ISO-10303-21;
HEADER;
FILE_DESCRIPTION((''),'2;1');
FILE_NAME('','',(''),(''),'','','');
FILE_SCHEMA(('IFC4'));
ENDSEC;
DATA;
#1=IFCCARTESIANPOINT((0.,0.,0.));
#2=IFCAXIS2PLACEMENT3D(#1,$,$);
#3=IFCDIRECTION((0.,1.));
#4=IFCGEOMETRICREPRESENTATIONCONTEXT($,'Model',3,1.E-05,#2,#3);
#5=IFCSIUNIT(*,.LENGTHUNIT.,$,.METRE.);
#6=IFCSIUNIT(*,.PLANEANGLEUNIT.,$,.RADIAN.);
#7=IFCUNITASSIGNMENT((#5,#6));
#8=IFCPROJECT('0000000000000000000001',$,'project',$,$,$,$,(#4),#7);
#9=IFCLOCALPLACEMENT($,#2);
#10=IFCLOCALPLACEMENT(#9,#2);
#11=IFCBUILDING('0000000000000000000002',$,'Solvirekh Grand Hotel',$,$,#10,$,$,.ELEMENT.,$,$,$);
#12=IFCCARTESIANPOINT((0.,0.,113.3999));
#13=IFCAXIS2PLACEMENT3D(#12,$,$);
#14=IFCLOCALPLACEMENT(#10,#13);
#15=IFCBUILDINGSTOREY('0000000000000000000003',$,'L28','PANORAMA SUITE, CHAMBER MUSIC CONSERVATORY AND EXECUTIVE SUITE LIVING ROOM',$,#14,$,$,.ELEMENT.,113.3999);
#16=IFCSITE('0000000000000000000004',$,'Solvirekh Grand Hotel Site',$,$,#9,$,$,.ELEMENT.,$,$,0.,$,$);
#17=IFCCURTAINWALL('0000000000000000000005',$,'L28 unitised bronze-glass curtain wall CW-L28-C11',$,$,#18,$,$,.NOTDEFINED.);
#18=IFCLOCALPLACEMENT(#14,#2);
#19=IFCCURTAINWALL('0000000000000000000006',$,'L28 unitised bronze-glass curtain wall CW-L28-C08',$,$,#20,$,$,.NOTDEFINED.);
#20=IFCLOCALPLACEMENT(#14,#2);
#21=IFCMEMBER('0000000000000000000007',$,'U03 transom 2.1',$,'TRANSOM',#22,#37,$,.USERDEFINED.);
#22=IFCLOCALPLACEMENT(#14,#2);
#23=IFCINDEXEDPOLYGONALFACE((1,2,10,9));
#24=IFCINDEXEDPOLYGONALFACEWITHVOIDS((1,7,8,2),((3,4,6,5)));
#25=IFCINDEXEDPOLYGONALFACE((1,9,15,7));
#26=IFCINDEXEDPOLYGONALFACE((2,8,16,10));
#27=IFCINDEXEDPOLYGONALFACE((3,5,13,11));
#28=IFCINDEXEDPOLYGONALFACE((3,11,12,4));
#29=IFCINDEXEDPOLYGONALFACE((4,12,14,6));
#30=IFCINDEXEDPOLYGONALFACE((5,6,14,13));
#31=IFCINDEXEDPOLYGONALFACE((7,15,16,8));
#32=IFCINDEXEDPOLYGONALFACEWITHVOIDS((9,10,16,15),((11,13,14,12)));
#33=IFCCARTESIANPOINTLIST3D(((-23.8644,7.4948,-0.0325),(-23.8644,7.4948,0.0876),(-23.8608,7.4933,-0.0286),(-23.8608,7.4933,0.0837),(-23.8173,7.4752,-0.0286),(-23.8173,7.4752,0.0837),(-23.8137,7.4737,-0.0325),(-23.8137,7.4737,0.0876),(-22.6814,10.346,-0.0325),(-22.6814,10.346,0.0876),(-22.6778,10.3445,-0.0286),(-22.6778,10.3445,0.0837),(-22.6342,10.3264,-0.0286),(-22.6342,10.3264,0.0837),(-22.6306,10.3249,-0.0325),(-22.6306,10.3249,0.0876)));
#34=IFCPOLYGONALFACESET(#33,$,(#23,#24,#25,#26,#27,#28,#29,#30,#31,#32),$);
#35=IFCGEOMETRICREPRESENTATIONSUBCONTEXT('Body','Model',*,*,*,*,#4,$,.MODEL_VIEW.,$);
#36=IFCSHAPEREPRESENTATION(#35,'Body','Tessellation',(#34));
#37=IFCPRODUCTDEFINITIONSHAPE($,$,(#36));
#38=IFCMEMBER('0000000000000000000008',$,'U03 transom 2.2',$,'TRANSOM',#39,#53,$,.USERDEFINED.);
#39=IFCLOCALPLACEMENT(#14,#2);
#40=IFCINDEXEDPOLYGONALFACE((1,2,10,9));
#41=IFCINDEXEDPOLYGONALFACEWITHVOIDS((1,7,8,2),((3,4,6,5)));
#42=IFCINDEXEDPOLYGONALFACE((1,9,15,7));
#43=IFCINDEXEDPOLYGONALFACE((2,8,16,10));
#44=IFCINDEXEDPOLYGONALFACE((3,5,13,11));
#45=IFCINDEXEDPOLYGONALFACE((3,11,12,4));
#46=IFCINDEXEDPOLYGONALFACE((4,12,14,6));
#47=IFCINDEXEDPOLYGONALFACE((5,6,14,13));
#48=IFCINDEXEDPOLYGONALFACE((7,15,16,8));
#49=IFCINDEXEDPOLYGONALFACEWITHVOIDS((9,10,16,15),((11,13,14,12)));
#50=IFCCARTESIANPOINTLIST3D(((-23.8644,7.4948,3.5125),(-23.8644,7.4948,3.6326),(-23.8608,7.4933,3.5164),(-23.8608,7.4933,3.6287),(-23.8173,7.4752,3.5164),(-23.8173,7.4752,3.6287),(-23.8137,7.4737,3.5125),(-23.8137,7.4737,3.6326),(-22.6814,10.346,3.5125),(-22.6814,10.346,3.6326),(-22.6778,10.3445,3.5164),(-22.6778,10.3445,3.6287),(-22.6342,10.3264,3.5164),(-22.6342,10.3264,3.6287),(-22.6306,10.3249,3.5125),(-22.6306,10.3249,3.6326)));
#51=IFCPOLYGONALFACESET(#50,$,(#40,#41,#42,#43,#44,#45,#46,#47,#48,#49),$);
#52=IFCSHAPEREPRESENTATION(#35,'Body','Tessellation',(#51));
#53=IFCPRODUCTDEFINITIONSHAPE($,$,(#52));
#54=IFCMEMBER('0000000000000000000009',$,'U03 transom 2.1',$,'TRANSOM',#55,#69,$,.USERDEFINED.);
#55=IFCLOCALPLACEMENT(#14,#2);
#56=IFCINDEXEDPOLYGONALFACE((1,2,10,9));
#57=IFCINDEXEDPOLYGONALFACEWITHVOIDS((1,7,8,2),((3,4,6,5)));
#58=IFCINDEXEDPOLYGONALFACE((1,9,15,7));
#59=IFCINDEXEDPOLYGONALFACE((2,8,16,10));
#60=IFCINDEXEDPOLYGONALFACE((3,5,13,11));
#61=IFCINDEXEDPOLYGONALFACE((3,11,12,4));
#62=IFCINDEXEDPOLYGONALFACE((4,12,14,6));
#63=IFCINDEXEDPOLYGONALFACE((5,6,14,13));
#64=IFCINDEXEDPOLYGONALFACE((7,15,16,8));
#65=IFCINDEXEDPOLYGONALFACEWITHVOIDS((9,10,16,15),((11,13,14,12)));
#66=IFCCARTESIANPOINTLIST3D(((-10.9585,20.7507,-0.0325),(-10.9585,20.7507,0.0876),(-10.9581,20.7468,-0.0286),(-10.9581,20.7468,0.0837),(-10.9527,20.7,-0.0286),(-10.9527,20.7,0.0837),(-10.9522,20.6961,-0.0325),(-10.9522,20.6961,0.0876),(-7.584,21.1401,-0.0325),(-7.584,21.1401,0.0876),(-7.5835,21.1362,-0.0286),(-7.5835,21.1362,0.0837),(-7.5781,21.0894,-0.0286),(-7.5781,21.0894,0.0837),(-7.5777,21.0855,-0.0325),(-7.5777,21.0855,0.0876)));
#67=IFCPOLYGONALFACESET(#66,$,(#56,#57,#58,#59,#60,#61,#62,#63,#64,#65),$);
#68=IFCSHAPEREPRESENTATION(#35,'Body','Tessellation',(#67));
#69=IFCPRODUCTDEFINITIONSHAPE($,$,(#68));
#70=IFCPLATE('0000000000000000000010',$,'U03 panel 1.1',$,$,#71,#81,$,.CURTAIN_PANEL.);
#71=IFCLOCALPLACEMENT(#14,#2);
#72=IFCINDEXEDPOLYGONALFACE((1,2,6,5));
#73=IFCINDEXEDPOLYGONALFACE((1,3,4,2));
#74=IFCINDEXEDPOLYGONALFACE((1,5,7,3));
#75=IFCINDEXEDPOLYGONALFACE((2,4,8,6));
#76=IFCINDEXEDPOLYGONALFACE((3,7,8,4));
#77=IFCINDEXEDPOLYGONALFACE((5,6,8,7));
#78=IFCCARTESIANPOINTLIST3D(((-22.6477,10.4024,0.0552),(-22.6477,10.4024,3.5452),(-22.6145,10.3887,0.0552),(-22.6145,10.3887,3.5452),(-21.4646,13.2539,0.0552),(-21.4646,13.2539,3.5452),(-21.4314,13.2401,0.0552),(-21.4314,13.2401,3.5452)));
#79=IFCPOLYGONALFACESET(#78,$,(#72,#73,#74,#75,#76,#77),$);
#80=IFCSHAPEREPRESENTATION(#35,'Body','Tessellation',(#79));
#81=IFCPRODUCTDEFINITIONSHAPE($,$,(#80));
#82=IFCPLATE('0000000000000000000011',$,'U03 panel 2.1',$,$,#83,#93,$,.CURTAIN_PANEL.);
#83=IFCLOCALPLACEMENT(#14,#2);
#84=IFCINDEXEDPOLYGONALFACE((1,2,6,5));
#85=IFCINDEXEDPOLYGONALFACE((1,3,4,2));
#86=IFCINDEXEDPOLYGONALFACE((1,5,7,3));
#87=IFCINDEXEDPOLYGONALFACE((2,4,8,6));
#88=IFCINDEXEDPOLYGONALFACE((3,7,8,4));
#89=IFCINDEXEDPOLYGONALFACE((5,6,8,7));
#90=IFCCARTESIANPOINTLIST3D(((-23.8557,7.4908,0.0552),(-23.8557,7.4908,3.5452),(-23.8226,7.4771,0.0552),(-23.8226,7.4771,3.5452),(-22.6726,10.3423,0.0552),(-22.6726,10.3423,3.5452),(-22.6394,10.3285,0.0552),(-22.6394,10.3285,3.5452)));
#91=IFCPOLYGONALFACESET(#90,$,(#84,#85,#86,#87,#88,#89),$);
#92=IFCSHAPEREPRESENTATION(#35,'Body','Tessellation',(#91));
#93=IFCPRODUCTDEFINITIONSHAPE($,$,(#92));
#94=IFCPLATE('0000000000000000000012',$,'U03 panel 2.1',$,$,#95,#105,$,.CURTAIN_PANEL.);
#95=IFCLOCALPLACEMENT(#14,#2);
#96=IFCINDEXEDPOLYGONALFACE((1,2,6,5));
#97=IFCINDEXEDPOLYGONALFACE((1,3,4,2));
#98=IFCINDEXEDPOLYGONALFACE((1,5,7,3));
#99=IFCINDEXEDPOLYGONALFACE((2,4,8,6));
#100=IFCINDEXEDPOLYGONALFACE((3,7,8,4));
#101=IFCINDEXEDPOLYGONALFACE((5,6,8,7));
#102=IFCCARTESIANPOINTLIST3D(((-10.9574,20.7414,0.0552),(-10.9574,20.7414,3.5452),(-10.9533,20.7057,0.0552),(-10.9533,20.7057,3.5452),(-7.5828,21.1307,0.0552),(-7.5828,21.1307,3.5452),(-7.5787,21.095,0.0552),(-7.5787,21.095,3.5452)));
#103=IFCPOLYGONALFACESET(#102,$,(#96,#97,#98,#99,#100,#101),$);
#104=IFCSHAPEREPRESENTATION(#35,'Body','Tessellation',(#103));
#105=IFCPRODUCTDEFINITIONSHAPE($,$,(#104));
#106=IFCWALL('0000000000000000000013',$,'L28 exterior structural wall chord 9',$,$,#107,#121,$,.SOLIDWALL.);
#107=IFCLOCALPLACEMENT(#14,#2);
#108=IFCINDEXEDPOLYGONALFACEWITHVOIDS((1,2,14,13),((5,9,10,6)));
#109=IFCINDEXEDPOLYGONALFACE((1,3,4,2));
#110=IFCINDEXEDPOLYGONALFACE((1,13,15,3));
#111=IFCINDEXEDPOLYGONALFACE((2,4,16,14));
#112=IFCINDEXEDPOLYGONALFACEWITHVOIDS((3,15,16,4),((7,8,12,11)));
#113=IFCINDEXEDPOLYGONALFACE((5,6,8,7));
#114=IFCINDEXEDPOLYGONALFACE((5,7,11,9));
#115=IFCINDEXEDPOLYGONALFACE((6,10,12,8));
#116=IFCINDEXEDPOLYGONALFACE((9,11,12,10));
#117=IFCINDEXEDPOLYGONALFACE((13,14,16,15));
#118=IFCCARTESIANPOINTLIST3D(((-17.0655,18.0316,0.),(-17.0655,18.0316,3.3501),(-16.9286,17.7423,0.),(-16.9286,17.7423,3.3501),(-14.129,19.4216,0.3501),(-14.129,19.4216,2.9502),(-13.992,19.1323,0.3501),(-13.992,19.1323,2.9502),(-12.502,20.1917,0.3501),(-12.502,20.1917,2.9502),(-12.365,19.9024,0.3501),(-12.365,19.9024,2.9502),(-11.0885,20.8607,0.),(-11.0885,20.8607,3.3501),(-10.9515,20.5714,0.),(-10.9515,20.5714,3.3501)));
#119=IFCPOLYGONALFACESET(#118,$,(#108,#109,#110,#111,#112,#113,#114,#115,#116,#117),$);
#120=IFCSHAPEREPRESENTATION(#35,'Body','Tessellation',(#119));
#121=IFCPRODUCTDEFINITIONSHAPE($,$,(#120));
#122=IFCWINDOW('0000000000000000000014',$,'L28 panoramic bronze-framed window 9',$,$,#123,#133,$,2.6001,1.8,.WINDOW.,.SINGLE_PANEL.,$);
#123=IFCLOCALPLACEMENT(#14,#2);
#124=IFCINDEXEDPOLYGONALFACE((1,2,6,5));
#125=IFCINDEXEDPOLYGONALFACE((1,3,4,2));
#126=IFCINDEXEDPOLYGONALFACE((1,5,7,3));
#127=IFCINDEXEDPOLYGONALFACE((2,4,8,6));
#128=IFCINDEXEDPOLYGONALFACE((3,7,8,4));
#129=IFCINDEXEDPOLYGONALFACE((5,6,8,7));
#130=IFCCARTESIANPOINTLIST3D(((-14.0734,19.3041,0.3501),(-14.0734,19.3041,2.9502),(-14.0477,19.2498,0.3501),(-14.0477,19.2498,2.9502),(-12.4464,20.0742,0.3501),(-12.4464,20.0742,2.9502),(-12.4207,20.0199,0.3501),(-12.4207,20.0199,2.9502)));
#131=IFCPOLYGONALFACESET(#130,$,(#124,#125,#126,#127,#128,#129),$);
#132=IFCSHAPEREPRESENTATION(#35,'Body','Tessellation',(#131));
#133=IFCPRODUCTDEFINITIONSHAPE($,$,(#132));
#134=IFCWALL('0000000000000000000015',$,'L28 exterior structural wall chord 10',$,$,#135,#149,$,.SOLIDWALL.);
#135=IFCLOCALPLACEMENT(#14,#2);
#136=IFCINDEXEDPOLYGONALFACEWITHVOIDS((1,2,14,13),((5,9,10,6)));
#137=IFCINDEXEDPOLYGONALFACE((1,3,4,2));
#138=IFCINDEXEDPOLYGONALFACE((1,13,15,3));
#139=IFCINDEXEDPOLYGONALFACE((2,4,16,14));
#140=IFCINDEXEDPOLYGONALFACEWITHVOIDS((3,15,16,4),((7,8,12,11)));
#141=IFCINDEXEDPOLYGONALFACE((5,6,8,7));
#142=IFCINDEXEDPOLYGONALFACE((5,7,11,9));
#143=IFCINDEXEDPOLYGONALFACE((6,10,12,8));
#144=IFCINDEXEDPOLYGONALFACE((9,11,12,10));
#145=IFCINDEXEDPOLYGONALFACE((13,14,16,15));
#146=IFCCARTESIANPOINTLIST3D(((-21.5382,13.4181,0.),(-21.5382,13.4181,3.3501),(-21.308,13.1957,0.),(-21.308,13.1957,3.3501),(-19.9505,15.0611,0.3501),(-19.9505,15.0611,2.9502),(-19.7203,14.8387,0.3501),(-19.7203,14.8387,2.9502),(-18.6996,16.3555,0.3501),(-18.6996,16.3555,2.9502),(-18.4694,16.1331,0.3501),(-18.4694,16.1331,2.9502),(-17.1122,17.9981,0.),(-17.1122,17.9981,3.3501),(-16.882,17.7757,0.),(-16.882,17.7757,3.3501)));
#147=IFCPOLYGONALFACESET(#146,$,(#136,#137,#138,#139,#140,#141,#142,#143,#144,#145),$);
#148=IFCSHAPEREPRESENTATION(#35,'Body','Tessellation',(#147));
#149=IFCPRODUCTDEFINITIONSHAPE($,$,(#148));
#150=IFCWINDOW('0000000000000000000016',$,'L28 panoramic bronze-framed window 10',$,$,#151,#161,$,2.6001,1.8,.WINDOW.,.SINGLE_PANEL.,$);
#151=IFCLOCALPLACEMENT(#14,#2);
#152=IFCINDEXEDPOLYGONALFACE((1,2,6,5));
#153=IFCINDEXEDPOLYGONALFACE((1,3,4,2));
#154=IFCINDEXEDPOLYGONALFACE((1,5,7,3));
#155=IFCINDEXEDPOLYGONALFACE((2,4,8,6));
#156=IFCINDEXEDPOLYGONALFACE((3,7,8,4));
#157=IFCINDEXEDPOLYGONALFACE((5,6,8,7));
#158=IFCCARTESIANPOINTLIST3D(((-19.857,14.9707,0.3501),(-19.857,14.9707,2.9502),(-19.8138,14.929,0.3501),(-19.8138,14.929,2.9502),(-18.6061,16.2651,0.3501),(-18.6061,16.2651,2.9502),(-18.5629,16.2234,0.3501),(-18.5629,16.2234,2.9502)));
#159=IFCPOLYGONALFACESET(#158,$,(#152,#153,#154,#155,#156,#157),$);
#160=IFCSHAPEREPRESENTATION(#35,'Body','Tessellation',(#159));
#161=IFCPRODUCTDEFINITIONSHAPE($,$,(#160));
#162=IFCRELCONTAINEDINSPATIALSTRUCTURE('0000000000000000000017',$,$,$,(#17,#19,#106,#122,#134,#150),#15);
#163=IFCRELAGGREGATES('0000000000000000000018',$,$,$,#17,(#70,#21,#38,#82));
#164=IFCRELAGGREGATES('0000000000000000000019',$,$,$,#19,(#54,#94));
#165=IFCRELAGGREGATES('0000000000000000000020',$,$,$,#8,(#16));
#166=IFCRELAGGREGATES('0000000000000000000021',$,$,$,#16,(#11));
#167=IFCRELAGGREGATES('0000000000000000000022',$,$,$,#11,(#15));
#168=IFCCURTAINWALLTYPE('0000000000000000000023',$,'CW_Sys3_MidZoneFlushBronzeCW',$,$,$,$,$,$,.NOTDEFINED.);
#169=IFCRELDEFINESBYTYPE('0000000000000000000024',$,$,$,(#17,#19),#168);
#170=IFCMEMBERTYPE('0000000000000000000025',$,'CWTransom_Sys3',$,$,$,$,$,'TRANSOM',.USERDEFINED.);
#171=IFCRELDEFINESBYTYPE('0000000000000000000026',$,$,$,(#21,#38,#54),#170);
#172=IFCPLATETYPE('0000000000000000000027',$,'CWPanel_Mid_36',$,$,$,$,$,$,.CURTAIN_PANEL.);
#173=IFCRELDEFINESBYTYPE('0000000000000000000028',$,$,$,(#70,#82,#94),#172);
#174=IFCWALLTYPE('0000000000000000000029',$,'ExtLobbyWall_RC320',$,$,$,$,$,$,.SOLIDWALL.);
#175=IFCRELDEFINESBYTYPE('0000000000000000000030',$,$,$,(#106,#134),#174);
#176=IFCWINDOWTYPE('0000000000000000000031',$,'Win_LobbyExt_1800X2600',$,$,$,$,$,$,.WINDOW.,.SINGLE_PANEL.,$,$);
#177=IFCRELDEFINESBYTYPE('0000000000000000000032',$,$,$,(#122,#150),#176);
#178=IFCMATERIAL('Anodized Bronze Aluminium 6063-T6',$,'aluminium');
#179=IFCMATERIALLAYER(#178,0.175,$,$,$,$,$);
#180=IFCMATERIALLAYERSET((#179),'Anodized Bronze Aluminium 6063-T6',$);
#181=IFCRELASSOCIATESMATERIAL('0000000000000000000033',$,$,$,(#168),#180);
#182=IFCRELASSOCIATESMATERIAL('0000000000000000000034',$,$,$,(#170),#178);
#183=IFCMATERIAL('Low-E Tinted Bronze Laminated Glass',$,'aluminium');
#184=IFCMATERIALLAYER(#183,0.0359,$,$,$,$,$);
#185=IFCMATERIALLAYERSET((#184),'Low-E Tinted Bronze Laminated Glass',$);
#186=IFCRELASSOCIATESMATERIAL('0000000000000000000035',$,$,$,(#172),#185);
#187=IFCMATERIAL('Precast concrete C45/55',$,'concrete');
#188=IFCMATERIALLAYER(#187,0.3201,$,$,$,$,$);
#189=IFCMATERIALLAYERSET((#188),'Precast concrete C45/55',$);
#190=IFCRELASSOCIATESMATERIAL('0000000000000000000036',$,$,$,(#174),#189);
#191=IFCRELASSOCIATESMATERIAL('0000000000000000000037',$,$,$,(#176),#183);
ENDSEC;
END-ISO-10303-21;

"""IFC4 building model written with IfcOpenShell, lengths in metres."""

from ifc_helpers import new_model, si_unit, direction, frame, frame_2d, origin, origin_2d, place, context, subcontext, project, spatial, rectangle, hollow_rectangle, extrude, source, transform, mapped, material, layer, layer_set, material_profile, profile_set, type_object, element, fill, aggregate, save


model = new_model("IFC4")

# Units and contexts
model_context = context("Model", 3, precision=1e-05, world=origin(), true_north=direction((0.0, 1.0)))
body_context = subcontext(model_context, "Body", "Model", "MODEL_VIEW")
ifc_project = project(units=[si_unit("LENGTHUNIT", "METRE"), si_unit("PLANEANGLEUNIT", "RADIAN")], contexts=[model_context])

# Site, building, storey
site_placement = place(None, origin())
site = spatial("IfcSite", under=ifc_project, at=site_placement, Name="Solvirekh Grand Hotel Site", CompositionType="ELEMENT", RefElevation=0.0)
building_placement = place(site_placement, origin())
building = spatial("IfcBuilding", under=site, at=building_placement, Name="Solvirekh Grand Hotel", CompositionType="ELEMENT")
storey_placement = place(building_placement, frame((0.0, 0.0, 113.3999)))
storey = spatial("IfcBuildingStorey", under=building, at=storey_placement, Name="L28", Description="PANORAMA SUITE, CHAMBER MUSIC CONSERVATORY AND EXECUTIVE SUITE LIVING ROOM", CompositionType="ELEMENT", Elevation=113.3999)

# Curtain wall
ifc_material_1 = material(Name="Anodized Bronze Aluminium 6063-T6", Category="aluminium")
ifc_layer_1 = layer(ifc_material_1, 0.175)
ifc_layer_set_1 = layer_set([ifc_layer_1], Name="Anodized Bronze Aluminium 6063-T6")
curtain_wall_type = type_object("IfcCurtainWallType", Name="CW_Sys3_MidZoneFlushBronzeCW", PredefinedType="NOTDEFINED", material=ifc_layer_set_1)
curtain_wall_1_placement = place(storey_placement, origin())
curtain_wall_1 = element("IfcCurtainWall", 1, at=curtain_wall_1_placement, inside=storey, type_object=curtain_wall_type, Name="L28 unitised bronze-glass curtain wall CW-L28-C11", PredefinedType="NOTDEFINED")
ifc_material_profile_1 = material_profile(ifc_material_1, hollow_rectangle(XDim=0.0549, YDim=0.1201, WallThickness=0.0039, at=origin_2d()), Name="ALU RHS 120X55X4")
ifc_profile_set_1 = profile_set([ifc_material_profile_1], Name="Anodized Bronze Aluminium 6063-T6")
member_type_1 = type_object("IfcMemberType", Name="CWTransom_Sys3", ElementType="TRANSOM", PredefinedType="USERDEFINED", material=ifc_profile_set_1)

# Curtain wall
curtain_wall_2_placement = place(storey_placement, origin())
curtain_wall_2 = element("IfcCurtainWall", 2, at=curtain_wall_2_placement, inside=storey, type_object=curtain_wall_type, Name="L28 unitised bronze-glass curtain wall CW-L28-C08", PredefinedType="NOTDEFINED")

# Members
shared_shape_1 = source(origin(), body_context, "Body", "SweptSolid", [
    extrude(hollow_rectangle(XDim=0.0549, YDim=0.1201, WallThickness=0.0039, at=origin_2d()), origin(), (0.0, 0.0, 1.0), 3.0869),
])
member_1_placement = place(storey_placement, frame((-22.656, 10.3354, 0.0276), z_axis=(-0.38325, -0.923644, 0.0), x_axis=(0.923644, -0.38325, 0.0)))
member_1 = element("IfcMember", 3, at=member_1_placement, type_object=member_type_1, Name="U03 transom 2.1", ObjectType="TRANSOM", PredefinedType="USERDEFINED", context=body_context, shape_type="MappedRepresentation", body=[
    mapped(shared_shape_1, transform((0.0, 0.0, 0.0), x_axis=(1.0, 0.0, 0.0), y_axis=(0.0, 1.0, 0.0), z_axis=(0.0, 0.0, 1.0), scale=1.0)),
])
member_2_placement = place(storey_placement, frame((-22.656, 10.3354, 3.5725), z_axis=(-0.38325, -0.923644, 0.0), x_axis=(0.923644, -0.38325, 0.0)))
member_2 = element("IfcMember", 4, at=member_2_placement, type_object=member_type_1, Name="U03 transom 2.2", ObjectType="TRANSOM", PredefinedType="USERDEFINED", context=body_context, shape_type="MappedRepresentation", body=[
    mapped(shared_shape_1, transform((0.0, 0.0, 0.0), x_axis=(1.0, 0.0, 0.0), y_axis=(0.0, 1.0, 0.0), z_axis=(0.0, 0.0, 1.0), scale=1.0)),
])
shared_shape_2 = source(origin(), body_context, "Body", "SweptSolid", [
    extrude(hollow_rectangle(XDim=0.0549, YDim=0.1201, WallThickness=0.0039, at=origin_2d()), origin(), (0.0, 0.0, 1.0), 3.397),
])
member_3_placement = place(storey_placement, frame((-7.5808, 21.1128, 0.0276), z_axis=(-0.993408, -0.114635, 0.0), x_axis=(0.114635, -0.993408, 0.0)))
member_3 = element("IfcMember", 5, at=member_3_placement, type_object=member_type_1, Name="U03 transom 2.1", ObjectType="TRANSOM", PredefinedType="USERDEFINED", context=body_context, shape_type="MappedRepresentation", body=[
    mapped(shared_shape_2, transform((0.0, 0.0, 0.0), x_axis=(1.0, 0.0, 0.0), y_axis=(0.0, 1.0, 0.0), z_axis=(0.0, 0.0, 1.0), scale=1.0)),
])

# Plates
ifc_material_2 = material(Name="Low-E Tinted Bronze Laminated Glass", Category="aluminium")
ifc_layer_2 = layer(ifc_material_2, 0.0359)
ifc_layer_set_2 = layer_set([ifc_layer_2], Name="Low-E Tinted Bronze Laminated Glass")
plate_type = type_object("IfcPlateType", Name="CWPanel_Mid_36", PredefinedType="CURTAIN_PANEL", material=ifc_layer_set_2)
shared_shape_3 = source(origin(), body_context, "Body", "SweptSolid", [
    extrude(rectangle(XDim=3.0872, YDim=0.0359, at=origin_2d()), origin(), (0.0, 0.0, 1.0), 3.49),
])
plate_1_placement = place(storey_placement, frame((-22.0396, 11.8213, 0.0552), z_axis=(0.0, 0.0, 1.0), x_axis=(-0.383244, -0.923647, 0.0)))
plate_1 = element("IfcPlate", 6, at=plate_1_placement, type_object=plate_type, Name="U03 panel 1.1", PredefinedType="CURTAIN_PANEL", context=body_context, shape_type="MappedRepresentation", body=[
    mapped(shared_shape_3, transform((0.0, 0.0, 0.0), x_axis=(1.0, 0.0, 0.0), y_axis=(0.0, 1.0, 0.0), z_axis=(0.0, 0.0, 1.0), scale=1.0)),
])
plate_2_placement = place(storey_placement, frame((-23.2476, 8.9097, 0.0552), z_axis=(0.0, 0.0, 1.0), x_axis=(-0.383244, -0.923647, 0.0)))
plate_2 = element("IfcPlate", 7, at=plate_2_placement, type_object=plate_type, Name="U03 panel 2.1", PredefinedType="CURTAIN_PANEL", context=body_context, shape_type="MappedRepresentation", body=[
    mapped(shared_shape_3, transform((0.0, 0.0, 0.0), x_axis=(1.0, 0.0, 0.0), y_axis=(0.0, 1.0, 0.0), z_axis=(0.0, 0.0, 1.0), scale=1.0)),
])
aggregate(curtain_wall_1, [plate_1, member_1, member_2, plate_2])
shared_shape_4 = source(origin(), body_context, "Body", "SweptSolid", [
    extrude(rectangle(XDim=3.397, YDim=0.0359, at=origin_2d()), origin(), (0.0, 0.0, 1.0), 3.49),
])
plate_3_placement = place(storey_placement, frame((-9.2681, 20.9182, 0.0552), z_axis=(0.0, 0.0, 1.0), x_axis=(-0.993411, -0.114608, 0.0)))
plate_3 = element("IfcPlate", 8, at=plate_3_placement, type_object=plate_type, Name="U03 panel 2.1", PredefinedType="CURTAIN_PANEL", context=body_context, shape_type="MappedRepresentation", body=[
    mapped(shared_shape_4, transform((0.0, 0.0, 0.0), x_axis=(1.0, 0.0, 0.0), y_axis=(0.0, 1.0, 0.0), z_axis=(0.0, 0.0, 1.0), scale=1.0)),
])
aggregate(curtain_wall_2, [member_3, plate_3])

# Walls, openings, windows
ifc_material_3 = material(Name="Precast concrete C45/55", Category="concrete")
ifc_layer_3 = layer(ifc_material_3, 0.3201)
ifc_layer_set_3 = layer_set([ifc_layer_3], Name="Precast concrete C45/55")
wall_type_1 = type_object("IfcWallType", Name="ExtLobbyWall_RC320", PredefinedType="SOLIDWALL", material=ifc_layer_set_3)
wall_1_placement = place(storey_placement, frame((-16.9971, 17.887, 0.0), z_axis=(0.0, 0.0, 1.0), x_axis=(0.903863, 0.427823, 0.0)))
wall_1 = element("IfcWall", 9, at=wall_1_placement, inside=storey, type_object=wall_type_1, Name="L28 exterior structural wall chord 9", PredefinedType="SOLIDWALL", context=body_context, shape_type="SweptSolid", body=[
    extrude(rectangle(XDim=6.6128, YDim=0.3201, at=frame_2d((3.3064, 0.0))), origin(), (0.0, 0.0, 1.0), 3.3501),
])
opening_1_placement = place(wall_1_placement, frame((3.249, 0.0, 0.3501)))
opening_1 = element("IfcOpeningElement", 10, at=opening_1_placement, cuts=wall_1, PredefinedType="OPENING", context=body_context, shape_type="SweptSolid", body=[
    extrude(rectangle(XDim=1.8, YDim=2.6001, at=frame_2d((0.8999, 1.3))), frame((0.0, 0.1699, 0.0), z_axis=(0.0, -1.0, 0.0), x_axis=(1.0, 0.0, 0.0)), (0.0, 0.0, 1.0), 0.3401),
])
window_type = type_object("IfcWindowType", Name="Win_LobbyExt_1800X2600", PartitioningType="SINGLE_PANEL", PredefinedType="WINDOW", material=ifc_material_2)
window_1_placement = place(opening_1_placement, origin())
window_1 = element("IfcWindow", 11, at=window_1_placement, inside=storey, type_object=window_type, Name="L28 panoramic bronze-framed window 9", OverallHeight=2.6001, OverallWidth=1.8, PartitioningType="SINGLE_PANEL", PredefinedType="WINDOW", context=body_context, shape_type="SweptSolid", body=[
    extrude(rectangle(XDim=1.8, YDim=2.6001, at=frame_2d((0.8999, 1.3))), frame((0.0, 0.03, 0.0), z_axis=(0.0, -1.0, 0.0), x_axis=(1.0, 0.0, 0.0)), (0.0, 0.0, 1.0), 0.0601),
])
fill(opening_1, window_1)
wall_2_placement = place(storey_placement, frame((-21.4231, 13.3069, 0.0), z_axis=(0.0, 0.0, 1.0), x_axis=(0.69491, 0.719097, 0.0)))
wall_2 = element("IfcWall", 12, at=wall_2_placement, inside=storey, type_object=wall_type_1, Name="L28 exterior structural wall chord 10", PredefinedType="SOLIDWALL", context=body_context, shape_type="SweptSolid", body=[
    extrude(rectangle(XDim=6.3691, YDim=0.3201, at=frame_2d((3.1846, 0.0))), origin(), (0.0, 0.0, 1.0), 3.3501),
])
opening_2_placement = place(wall_2_placement, frame((2.2849, 0.0, 0.3501)))
opening_2 = element("IfcOpeningElement", 13, at=opening_2_placement, cuts=wall_2, PredefinedType="OPENING", context=body_context, shape_type="SweptSolid", body=[
    extrude(rectangle(XDim=1.8, YDim=2.6001, at=frame_2d((0.8999, 1.3))), frame((0.0, 0.1699, 0.0), z_axis=(0.0, -1.0, 0.0), x_axis=(1.0, 0.0, 0.0)), (0.0, 0.0, 1.0), 0.3401),
])
window_2_placement = place(opening_2_placement, origin())
window_2 = element("IfcWindow", 14, at=window_2_placement, inside=storey, type_object=window_type, Name="L28 panoramic bronze-framed window 10", OverallHeight=2.6001, OverallWidth=1.8, PartitioningType="SINGLE_PANEL", PredefinedType="WINDOW", context=body_context, shape_type="SweptSolid", body=[
    extrude(rectangle(XDim=1.8, YDim=2.6001, at=frame_2d((0.8999, 1.3))), frame((0.0, 0.03, 0.0), z_axis=(0.0, -1.0, 0.0), x_axis=(1.0, 0.0, 0.0)), (0.0, 0.0, 1.0), 0.0601),
])
fill(opening_2, window_2)

save(model, "model.ifc")
